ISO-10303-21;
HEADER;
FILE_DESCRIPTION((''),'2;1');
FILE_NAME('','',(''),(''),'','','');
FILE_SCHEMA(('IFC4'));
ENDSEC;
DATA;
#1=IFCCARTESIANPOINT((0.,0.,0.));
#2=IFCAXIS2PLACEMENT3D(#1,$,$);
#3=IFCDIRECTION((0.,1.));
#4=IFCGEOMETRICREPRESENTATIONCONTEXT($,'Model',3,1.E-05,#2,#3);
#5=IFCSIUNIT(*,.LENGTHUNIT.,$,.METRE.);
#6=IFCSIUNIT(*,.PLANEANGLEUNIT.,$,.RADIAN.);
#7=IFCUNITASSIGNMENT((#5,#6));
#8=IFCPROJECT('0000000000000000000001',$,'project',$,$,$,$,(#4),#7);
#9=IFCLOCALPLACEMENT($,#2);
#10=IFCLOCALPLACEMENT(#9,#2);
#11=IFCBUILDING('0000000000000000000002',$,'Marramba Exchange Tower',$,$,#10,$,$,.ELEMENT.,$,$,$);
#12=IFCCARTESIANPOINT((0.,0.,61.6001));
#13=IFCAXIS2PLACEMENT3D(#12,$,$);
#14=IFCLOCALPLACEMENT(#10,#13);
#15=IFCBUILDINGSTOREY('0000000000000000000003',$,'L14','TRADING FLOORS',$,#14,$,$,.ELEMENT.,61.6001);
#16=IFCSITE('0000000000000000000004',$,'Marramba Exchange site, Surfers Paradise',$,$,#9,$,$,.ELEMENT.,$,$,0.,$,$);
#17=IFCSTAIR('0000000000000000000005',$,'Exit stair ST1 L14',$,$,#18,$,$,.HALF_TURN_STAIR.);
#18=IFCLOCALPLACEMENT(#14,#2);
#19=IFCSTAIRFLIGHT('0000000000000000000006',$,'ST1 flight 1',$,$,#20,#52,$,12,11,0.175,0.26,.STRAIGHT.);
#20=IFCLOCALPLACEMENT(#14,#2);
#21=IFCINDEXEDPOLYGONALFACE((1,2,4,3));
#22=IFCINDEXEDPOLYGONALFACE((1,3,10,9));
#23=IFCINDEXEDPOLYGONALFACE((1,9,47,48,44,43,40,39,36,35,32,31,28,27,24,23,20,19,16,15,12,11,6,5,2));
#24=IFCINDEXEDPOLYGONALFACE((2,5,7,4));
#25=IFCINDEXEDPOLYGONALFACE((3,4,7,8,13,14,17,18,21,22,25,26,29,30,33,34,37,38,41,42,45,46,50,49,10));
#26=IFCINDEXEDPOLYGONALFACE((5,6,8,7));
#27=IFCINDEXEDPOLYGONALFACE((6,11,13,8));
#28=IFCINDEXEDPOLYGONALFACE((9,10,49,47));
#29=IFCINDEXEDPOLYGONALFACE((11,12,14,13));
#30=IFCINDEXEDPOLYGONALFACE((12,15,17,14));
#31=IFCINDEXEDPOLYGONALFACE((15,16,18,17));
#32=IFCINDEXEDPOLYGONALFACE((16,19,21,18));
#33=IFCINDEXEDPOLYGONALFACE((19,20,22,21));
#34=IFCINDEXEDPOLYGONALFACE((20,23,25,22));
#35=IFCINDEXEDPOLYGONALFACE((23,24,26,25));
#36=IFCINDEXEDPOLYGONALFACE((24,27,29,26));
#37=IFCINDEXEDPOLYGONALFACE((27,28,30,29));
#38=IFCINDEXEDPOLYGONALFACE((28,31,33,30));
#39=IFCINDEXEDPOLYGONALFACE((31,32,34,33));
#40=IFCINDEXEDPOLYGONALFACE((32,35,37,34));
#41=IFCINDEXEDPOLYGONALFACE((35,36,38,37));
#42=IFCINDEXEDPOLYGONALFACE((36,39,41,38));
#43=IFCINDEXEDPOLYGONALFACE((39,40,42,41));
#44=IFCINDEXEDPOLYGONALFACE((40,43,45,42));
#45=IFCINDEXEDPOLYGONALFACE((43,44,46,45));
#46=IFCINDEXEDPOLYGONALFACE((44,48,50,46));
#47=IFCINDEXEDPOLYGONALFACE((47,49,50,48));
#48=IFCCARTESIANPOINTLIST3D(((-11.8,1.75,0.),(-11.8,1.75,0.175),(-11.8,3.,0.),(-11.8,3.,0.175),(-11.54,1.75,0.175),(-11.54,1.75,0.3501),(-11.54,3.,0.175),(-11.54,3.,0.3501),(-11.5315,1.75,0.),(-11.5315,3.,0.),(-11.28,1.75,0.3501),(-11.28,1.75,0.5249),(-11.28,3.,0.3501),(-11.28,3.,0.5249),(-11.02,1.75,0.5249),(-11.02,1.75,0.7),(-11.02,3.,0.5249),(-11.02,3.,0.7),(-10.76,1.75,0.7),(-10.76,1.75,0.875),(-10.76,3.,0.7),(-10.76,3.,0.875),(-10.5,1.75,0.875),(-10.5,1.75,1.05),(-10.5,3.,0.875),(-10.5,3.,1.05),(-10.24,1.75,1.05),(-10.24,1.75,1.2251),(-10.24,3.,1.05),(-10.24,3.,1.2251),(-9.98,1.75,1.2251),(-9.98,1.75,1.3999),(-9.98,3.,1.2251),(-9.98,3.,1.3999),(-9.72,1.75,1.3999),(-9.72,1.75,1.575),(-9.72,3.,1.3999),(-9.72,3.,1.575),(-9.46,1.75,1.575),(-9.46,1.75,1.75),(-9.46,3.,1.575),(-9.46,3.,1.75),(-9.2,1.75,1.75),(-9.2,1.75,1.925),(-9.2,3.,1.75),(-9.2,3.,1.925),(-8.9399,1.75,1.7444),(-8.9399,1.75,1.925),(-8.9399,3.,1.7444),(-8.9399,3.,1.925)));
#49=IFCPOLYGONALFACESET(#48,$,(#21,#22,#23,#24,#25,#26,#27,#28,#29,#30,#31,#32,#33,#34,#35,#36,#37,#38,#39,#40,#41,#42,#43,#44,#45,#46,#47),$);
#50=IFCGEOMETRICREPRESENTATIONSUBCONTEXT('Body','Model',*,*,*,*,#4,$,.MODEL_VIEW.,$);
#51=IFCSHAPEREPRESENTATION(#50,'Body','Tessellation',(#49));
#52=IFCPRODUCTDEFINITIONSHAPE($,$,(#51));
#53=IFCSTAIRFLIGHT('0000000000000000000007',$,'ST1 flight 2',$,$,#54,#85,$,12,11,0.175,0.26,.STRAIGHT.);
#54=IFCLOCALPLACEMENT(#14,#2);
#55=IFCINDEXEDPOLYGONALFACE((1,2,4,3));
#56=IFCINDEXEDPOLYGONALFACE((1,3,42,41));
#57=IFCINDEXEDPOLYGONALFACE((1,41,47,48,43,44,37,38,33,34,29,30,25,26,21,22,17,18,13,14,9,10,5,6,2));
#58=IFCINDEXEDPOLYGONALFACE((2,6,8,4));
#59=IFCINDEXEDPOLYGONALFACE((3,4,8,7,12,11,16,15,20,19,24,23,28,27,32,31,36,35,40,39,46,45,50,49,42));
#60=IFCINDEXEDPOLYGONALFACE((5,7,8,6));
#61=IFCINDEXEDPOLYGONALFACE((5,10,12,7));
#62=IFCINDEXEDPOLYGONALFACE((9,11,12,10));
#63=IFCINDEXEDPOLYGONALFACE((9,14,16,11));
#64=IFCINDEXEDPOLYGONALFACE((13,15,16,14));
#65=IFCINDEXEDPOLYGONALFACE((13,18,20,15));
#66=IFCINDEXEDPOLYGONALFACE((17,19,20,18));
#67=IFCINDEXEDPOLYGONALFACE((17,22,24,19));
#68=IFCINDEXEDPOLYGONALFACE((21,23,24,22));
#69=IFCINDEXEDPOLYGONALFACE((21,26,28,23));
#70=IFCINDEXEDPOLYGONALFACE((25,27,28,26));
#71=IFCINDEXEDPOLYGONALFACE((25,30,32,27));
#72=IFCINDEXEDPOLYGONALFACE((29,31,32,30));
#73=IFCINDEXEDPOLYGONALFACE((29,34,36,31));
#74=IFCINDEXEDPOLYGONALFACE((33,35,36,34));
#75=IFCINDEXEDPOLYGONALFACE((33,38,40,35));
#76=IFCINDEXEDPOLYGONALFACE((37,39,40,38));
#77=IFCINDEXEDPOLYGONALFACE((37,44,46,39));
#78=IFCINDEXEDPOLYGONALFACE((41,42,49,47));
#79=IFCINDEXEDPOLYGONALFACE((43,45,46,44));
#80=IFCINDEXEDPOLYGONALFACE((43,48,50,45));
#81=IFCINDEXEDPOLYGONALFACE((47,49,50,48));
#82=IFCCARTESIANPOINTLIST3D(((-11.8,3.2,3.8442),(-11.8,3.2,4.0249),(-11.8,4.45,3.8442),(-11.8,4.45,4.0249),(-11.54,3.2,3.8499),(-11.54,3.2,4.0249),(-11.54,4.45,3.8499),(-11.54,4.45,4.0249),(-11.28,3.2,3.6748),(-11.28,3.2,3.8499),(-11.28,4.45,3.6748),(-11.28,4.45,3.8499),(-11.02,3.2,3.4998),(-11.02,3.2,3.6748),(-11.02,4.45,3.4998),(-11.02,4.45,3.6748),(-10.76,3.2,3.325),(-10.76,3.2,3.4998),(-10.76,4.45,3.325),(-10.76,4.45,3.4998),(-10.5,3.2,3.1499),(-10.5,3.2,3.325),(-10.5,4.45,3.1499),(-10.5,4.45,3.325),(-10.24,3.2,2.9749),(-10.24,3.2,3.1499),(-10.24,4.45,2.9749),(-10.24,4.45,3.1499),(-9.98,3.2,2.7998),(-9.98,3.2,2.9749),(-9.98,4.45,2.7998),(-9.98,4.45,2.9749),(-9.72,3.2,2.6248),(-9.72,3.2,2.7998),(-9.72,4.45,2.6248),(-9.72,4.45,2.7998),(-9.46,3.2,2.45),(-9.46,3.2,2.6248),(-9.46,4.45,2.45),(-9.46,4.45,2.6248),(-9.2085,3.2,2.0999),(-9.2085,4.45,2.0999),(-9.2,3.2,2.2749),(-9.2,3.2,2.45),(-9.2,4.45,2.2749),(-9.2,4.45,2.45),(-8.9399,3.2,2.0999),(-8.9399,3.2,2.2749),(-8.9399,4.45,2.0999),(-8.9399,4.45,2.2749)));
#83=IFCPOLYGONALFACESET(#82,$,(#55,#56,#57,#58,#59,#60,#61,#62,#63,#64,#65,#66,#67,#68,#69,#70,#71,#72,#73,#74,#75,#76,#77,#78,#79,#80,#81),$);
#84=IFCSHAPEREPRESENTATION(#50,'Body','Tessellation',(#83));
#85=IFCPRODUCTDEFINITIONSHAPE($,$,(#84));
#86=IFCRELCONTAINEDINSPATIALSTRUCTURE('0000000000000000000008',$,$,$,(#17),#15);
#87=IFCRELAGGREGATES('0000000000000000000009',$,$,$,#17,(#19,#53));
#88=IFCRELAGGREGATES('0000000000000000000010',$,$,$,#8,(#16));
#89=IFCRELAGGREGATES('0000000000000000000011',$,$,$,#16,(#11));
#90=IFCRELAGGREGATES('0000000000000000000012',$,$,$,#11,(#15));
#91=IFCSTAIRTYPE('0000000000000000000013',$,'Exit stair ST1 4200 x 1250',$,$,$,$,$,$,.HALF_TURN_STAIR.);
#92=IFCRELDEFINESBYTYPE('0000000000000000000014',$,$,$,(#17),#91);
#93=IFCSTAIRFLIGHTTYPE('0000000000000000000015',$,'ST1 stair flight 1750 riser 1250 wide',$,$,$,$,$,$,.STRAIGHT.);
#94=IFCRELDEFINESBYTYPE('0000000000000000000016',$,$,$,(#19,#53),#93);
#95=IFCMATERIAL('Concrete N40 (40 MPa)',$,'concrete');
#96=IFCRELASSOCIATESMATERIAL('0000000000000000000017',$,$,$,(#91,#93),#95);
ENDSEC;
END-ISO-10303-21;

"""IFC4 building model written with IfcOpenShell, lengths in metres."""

from ifc_helpers import new_model, si_unit, direction, frame, origin, place, context, subcontext, project, spatial, polyline, outline, extrude, material, type_object, element, aggregate, save


model = new_model("IFC4")

# Units and contexts
model_context = context("Model", 3, precision=1e-05, world=origin(), true_north=direction((0.0, 1.0)))
body_context = subcontext(model_context, "Body", "Model", "MODEL_VIEW")
ifc_project = project(units=[si_unit("LENGTHUNIT", "METRE"), si_unit("PLANEANGLEUNIT", "RADIAN")], contexts=[model_context])

# Site, building, storey
site_placement = place(None, origin())
site = spatial("IfcSite", under=ifc_project, at=site_placement, Name="Marramba Exchange site, Surfers Paradise", CompositionType="ELEMENT", RefElevation=0.0)
building_placement = place(site_placement, origin())
building = spatial("IfcBuilding", under=site, at=building_placement, Name="Marramba Exchange Tower", CompositionType="ELEMENT")
storey_placement = place(building_placement, frame((0.0, 0.0, 61.6001)))
storey = spatial("IfcBuildingStorey", under=building, at=storey_placement, Name="L14", Description="TRADING FLOORS", CompositionType="ELEMENT", Elevation=61.6001)

# Stair
ifc_material_1 = material(Name="Concrete N40 (40 MPa)", Category="concrete")
stair_type = type_object("IfcStairType", Name="Exit stair ST1 4200 x 1250", PredefinedType="HALF_TURN_STAIR", material=ifc_material_1)
stair_placement = place(storey_placement, origin())
stair = element("IfcStair", 1, at=stair_placement, inside=storey, type_object=stair_type, Name="Exit stair ST1 L14", PredefinedType="HALF_TURN_STAIR")

# Stair flights
stair_flight_type = type_object("IfcStairFlightType", Name="ST1 stair flight 1750 riser 1250 wide", PredefinedType="STRAIGHT", material=ifc_material_1)
stair_flight_1_placement = place(storey_placement, frame((-11.8, 2.375, 0.0), z_axis=(0.0, 0.0, 1.0), x_axis=(1.0, 0.0, 0.0)))
stair_flight_1 = element("IfcStairFlight", 2, at=stair_flight_1_placement, type_object=stair_flight_type, Name="ST1 flight 1", NumberOfRisers=12, NumberOfTreads=11, PredefinedType="STRAIGHT", RiserHeight=0.175, TreadLength=0.26, context=body_context, shape_type="SweptSolid", body=[
    extrude(outline(polyline([(0.0, 0.0), (0.0, 0.175), (0.26, 0.175), (0.26, 0.3501), (0.52, 0.3501), (0.52, 0.5249), (0.78, 0.5249), (0.78, 0.7), (1.04, 0.7), (1.04, 0.875), (1.3, 0.875), (1.3, 1.05), (1.5601, 1.05), (1.5601, 1.2251), (1.8201, 1.2251), (1.8201, 1.3999), (2.0801, 1.3999), (2.0801, 1.575), (2.3401, 1.575), (2.3401, 1.75), (2.6001, 1.75), (2.6001, 1.925), (2.8601, 1.925), (2.8601, 2.1001), (2.8601, 1.7444), (0.2686, 0.0), (0.0, 0.0)])), frame((0.0, 0.625, 0.0), z_axis=(0.0, -1.0, 0.0), x_axis=(1.0, 0.0, 0.0)), (0.0, 0.0, 1.0), 1.25),
])
stair_flight_2_placement = place(storey_placement, frame((-8.9399, 3.825, 2.0999), z_axis=(0.0, 0.0, 1.0), x_axis=(-1.0, 0.0, 0.0)))
stair_flight_2 = element("IfcStairFlight", 3, at=stair_flight_2_placement, type_object=stair_flight_type, Name="ST1 flight 2", NumberOfRisers=12, NumberOfTreads=11, PredefinedType="STRAIGHT", RiserHeight=0.175, TreadLength=0.26, context=body_context, shape_type="SweptSolid", body=[
    extrude(outline(polyline([(0.0, 0.0), (0.0, 0.175), (0.26, 0.175), (0.26, 0.3501), (0.52, 0.3501), (0.52, 0.5249), (0.78, 0.5249), (0.78, 0.7), (1.04, 0.7), (1.04, 0.875), (1.3, 0.875), (1.3, 1.05), (1.5601, 1.05), (1.5601, 1.2251), (1.8201, 1.2251), (1.8201, 1.3999), (2.0801, 1.3999), (2.0801, 1.575), (2.3401, 1.575), (2.3401, 1.75), (2.6001, 1.75), (2.6001, 1.925), (2.8601, 1.925), (2.8601, 2.1001), (2.8601, 1.7444), (0.2686, 0.0), (0.0, 0.0)])), frame((0.0, 0.625, 0.0), z_axis=(0.0, -1.0, 0.0), x_axis=(1.0, 0.0, 0.0)), (0.0, 0.0, 1.0), 1.25),
])
aggregate(stair, [stair_flight_1, stair_flight_2])

save(model, "model.ifc")
